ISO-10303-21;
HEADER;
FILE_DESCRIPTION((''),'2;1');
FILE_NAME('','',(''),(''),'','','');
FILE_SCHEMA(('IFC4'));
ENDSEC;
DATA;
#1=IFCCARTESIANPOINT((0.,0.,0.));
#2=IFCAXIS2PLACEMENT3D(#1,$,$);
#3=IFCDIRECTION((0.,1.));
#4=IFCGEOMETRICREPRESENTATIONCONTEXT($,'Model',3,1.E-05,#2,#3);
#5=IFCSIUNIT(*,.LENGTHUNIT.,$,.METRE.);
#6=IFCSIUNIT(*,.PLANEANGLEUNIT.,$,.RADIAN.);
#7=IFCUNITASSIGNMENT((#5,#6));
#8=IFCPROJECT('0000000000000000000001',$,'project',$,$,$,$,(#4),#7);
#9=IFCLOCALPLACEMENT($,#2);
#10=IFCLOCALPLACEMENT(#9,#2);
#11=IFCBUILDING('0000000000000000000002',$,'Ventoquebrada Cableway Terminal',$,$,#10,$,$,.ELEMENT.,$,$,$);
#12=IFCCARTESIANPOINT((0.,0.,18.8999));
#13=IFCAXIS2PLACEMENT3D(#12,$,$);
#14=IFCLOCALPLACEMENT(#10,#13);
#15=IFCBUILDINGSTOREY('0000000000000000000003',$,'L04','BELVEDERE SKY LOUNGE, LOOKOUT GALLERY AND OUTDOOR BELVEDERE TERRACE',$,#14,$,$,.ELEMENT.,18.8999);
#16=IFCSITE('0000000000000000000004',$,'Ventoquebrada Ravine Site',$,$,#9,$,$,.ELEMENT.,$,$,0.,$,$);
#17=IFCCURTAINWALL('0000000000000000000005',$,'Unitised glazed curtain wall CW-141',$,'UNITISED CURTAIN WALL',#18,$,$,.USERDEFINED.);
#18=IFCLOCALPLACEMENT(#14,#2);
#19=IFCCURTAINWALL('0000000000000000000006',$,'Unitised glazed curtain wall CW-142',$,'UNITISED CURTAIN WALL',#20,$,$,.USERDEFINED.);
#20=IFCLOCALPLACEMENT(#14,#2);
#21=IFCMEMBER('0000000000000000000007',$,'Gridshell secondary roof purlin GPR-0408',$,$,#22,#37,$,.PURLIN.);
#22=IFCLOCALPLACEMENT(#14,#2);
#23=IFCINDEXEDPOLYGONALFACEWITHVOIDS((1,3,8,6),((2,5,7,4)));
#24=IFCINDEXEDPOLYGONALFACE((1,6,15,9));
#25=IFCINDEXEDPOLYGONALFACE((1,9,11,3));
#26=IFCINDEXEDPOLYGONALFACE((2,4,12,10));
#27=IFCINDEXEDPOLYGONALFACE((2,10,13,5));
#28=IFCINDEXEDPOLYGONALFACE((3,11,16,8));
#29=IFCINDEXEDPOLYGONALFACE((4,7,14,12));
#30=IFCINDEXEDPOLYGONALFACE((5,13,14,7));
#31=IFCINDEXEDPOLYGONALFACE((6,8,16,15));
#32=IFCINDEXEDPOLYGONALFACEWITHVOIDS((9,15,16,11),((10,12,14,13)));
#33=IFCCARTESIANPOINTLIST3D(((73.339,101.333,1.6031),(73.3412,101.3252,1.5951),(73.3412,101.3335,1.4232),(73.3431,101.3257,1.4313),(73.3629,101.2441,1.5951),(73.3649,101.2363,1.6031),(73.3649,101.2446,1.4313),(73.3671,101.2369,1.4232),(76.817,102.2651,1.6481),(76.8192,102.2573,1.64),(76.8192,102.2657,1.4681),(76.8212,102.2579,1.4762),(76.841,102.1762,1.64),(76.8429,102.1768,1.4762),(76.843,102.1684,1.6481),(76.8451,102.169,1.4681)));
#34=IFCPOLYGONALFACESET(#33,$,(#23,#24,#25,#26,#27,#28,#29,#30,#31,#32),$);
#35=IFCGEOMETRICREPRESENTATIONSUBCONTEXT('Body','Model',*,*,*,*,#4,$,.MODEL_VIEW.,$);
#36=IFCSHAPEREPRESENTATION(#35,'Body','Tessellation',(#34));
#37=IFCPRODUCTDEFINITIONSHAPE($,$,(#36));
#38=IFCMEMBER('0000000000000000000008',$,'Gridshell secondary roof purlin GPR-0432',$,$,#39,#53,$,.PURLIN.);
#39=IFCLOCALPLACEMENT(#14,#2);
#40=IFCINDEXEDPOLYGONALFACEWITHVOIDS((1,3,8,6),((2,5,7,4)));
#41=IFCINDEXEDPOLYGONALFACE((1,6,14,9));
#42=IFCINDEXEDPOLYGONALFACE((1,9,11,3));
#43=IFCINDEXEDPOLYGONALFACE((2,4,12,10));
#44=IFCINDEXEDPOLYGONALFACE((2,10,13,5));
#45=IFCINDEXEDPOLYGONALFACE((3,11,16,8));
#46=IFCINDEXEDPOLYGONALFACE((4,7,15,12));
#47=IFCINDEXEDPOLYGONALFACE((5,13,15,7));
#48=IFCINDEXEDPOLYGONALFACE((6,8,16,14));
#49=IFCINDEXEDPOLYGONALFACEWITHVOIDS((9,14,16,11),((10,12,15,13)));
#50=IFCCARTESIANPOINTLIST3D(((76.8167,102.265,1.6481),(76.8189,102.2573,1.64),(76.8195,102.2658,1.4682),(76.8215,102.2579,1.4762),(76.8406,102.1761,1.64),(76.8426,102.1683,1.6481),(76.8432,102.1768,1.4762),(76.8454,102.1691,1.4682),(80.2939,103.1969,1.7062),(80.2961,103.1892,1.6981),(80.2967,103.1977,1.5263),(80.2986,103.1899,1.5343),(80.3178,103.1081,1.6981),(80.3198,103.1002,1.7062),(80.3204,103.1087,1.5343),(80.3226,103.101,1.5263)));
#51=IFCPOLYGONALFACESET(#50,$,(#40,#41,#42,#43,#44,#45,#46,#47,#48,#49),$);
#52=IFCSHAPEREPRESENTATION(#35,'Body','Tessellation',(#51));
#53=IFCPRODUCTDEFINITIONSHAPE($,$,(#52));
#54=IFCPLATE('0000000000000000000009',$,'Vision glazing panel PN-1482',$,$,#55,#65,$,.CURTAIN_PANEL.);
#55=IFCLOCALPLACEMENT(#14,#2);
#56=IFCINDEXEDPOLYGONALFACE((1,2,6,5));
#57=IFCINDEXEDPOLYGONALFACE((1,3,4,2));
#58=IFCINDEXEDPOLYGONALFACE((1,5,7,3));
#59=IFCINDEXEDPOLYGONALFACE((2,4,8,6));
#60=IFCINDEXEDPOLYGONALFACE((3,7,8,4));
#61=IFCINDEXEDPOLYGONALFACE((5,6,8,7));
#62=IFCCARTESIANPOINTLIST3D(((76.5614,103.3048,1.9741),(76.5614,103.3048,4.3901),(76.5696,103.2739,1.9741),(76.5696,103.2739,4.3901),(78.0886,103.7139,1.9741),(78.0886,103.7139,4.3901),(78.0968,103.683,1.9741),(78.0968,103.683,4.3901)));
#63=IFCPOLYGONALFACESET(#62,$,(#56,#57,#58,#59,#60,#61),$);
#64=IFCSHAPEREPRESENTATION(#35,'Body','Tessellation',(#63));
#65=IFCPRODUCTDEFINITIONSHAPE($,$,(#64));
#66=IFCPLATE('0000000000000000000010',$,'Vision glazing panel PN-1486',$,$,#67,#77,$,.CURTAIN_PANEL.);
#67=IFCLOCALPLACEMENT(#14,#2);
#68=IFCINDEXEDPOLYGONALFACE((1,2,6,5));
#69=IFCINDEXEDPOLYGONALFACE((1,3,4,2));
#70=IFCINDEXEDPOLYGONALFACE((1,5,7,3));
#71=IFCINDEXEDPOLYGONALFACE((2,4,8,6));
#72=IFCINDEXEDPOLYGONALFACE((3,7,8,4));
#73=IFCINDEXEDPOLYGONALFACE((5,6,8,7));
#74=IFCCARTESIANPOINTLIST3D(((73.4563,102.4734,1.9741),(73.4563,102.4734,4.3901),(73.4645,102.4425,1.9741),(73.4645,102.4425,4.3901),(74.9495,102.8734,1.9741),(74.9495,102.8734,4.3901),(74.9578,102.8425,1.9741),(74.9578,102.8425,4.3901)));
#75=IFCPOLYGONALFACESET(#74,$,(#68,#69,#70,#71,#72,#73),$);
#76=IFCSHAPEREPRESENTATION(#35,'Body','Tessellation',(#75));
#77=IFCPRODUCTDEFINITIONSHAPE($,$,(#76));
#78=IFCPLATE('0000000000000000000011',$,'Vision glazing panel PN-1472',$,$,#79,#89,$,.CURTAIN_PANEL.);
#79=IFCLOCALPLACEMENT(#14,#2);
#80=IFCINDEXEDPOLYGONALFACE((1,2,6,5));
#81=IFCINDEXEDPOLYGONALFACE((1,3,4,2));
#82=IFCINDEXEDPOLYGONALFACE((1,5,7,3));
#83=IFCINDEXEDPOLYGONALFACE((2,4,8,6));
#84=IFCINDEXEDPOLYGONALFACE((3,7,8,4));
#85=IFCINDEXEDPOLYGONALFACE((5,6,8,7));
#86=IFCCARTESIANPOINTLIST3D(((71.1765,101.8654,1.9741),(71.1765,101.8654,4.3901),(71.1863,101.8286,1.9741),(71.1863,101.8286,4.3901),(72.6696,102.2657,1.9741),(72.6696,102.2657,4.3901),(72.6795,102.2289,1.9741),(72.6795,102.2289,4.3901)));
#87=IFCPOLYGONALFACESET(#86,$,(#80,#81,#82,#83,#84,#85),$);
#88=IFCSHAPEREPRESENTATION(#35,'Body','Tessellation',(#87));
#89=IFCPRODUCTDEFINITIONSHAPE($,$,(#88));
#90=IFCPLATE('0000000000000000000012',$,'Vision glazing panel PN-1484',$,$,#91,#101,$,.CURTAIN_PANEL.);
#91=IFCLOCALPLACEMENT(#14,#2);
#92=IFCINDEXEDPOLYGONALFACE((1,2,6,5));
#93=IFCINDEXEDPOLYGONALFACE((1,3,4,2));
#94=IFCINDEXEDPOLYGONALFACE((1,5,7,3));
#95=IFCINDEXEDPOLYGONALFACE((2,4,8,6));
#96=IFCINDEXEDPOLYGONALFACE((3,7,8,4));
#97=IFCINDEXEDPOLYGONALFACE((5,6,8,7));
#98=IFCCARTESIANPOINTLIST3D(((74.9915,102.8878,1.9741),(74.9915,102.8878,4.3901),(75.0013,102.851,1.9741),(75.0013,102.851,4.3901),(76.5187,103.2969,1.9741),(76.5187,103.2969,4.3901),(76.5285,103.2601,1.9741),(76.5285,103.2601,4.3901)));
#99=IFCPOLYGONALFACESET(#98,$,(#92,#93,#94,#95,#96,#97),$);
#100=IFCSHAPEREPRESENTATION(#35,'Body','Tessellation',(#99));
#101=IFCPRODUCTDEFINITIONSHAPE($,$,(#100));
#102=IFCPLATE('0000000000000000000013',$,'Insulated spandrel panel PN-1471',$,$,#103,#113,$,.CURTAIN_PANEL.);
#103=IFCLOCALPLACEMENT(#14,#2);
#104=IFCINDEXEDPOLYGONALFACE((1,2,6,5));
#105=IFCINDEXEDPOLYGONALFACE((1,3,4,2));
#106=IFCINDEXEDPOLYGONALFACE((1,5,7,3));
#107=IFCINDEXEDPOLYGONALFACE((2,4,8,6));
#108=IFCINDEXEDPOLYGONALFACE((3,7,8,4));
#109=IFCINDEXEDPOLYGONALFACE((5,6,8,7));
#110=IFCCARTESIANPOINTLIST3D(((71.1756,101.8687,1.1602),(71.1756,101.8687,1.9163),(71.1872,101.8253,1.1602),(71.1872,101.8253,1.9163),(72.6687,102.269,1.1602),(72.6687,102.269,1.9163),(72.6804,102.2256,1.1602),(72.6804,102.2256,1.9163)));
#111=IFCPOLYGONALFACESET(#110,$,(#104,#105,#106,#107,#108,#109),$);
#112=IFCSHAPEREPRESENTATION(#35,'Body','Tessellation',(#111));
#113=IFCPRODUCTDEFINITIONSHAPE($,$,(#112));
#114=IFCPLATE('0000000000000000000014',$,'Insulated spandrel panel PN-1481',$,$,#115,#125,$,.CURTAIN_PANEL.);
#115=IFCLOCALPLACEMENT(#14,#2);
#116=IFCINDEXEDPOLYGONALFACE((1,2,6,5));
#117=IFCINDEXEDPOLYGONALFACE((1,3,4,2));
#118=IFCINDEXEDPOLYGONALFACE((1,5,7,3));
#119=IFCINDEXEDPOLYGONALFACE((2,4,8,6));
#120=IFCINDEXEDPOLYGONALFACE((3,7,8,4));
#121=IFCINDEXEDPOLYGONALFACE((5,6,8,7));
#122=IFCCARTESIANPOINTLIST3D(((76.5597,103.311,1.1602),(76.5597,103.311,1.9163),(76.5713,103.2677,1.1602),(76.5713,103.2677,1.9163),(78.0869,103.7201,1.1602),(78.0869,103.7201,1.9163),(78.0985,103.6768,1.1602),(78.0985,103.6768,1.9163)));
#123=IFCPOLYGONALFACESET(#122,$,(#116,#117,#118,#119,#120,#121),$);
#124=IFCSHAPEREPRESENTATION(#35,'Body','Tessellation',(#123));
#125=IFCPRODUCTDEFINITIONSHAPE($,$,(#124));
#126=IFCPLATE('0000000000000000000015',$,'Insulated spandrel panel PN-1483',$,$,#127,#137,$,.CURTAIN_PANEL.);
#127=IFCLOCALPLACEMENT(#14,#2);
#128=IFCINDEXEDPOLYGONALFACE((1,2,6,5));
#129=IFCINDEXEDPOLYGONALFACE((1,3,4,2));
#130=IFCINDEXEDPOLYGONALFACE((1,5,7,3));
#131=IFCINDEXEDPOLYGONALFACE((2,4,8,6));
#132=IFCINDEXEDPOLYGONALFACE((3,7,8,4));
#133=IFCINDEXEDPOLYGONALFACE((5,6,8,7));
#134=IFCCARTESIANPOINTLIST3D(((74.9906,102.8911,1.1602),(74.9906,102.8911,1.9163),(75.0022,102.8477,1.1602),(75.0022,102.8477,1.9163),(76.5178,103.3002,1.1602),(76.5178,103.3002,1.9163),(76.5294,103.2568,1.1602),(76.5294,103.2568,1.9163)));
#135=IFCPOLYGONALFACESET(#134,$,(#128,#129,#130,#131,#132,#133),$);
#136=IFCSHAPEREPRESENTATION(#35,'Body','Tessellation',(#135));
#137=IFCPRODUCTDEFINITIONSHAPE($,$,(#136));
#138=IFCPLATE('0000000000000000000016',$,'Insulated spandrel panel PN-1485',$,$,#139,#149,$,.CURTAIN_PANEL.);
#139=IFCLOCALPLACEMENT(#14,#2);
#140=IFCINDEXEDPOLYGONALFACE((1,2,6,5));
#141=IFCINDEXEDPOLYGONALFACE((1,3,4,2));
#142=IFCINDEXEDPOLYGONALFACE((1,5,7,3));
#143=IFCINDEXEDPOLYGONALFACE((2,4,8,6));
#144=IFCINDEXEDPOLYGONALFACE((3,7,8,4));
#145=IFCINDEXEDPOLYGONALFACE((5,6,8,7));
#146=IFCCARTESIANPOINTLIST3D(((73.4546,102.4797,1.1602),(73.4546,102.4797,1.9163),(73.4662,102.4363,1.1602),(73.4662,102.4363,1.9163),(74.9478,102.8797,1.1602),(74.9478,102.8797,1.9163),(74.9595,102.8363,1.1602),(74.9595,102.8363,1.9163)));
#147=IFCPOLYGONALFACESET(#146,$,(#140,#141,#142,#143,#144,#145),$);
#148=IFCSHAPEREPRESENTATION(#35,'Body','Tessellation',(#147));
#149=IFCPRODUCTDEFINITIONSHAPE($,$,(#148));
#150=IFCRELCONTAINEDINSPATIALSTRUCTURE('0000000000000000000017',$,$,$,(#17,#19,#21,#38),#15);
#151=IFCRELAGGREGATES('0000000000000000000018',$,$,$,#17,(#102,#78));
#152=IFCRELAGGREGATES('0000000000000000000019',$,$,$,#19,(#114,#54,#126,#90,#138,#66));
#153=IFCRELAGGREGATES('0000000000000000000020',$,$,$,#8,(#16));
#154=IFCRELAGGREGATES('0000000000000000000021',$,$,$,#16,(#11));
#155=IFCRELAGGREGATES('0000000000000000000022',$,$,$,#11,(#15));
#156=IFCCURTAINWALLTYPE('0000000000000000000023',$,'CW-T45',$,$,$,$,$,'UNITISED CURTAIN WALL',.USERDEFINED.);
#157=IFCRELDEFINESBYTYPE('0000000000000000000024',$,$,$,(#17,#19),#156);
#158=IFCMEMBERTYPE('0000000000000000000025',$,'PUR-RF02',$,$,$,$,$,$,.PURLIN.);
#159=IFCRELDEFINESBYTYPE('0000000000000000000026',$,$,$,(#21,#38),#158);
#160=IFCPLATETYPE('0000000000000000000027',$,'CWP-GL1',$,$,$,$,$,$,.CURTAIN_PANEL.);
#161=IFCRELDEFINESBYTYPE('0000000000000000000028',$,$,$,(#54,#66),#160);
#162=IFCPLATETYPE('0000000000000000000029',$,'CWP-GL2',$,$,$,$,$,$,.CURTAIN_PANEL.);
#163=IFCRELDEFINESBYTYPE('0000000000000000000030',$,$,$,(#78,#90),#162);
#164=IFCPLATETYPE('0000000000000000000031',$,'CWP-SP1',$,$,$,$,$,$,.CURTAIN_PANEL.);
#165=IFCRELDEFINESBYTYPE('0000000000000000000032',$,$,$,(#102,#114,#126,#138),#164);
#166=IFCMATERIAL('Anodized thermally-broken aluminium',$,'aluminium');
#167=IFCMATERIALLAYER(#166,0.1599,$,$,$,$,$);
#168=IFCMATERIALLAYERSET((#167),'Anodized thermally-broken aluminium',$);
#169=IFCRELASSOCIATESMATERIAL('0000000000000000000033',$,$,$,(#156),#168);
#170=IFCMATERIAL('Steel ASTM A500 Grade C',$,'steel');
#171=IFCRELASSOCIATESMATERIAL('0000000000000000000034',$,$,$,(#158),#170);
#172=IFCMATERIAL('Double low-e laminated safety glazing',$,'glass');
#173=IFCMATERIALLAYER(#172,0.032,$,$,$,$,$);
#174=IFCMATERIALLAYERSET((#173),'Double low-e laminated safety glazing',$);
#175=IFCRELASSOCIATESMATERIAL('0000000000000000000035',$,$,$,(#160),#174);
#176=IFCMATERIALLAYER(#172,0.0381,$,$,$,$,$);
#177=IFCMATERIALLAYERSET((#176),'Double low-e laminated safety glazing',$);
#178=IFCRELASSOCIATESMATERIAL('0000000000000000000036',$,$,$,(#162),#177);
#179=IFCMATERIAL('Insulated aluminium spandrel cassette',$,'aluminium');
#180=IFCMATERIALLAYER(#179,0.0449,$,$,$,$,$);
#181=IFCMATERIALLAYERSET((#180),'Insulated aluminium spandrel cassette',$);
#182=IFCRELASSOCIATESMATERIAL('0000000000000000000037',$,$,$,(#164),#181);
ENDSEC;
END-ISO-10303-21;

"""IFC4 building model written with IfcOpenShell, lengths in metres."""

from ifc_helpers import new_model, si_unit, direction, frame, origin, origin_2d, place, context, subcontext, project, spatial, rectangle, hollow_rectangle, extrude, material, layer, layer_set, material_profile, profile_set, type_object, element, aggregate, save


model = new_model("IFC4")

# Units and contexts
model_context = context("Model", 3, precision=1e-05, world=origin(), true_north=direction((0.0, 1.0)))
body_context = subcontext(model_context, "Body", "Model", "MODEL_VIEW")
ifc_project = project(units=[si_unit("LENGTHUNIT", "METRE"), si_unit("PLANEANGLEUNIT", "RADIAN")], contexts=[model_context])

# Site, building, storey
site_placement = place(None, origin())
site = spatial("IfcSite", under=ifc_project, at=site_placement, Name="Ventoquebrada Ravine Site", CompositionType="ELEMENT", RefElevation=0.0)
building_placement = place(site_placement, origin())
building = spatial("IfcBuilding", under=site, at=building_placement, Name="Ventoquebrada Cableway Terminal", CompositionType="ELEMENT")
storey_placement = place(building_placement, frame((0.0, 0.0, 18.8999)))
storey = spatial("IfcBuildingStorey", under=building, at=storey_placement, Name="L04", Description="BELVEDERE SKY LOUNGE, LOOKOUT GALLERY AND OUTDOOR BELVEDERE TERRACE", CompositionType="ELEMENT", Elevation=18.8999)

# Shared definitions
ifc_material_1 = material(Name="Steel ASTM A500 Grade C", Category="steel")

# Curtain wall
ifc_material_2 = material(Name="Anodized thermally-broken aluminium", Category="aluminium")
ifc_layer_1 = layer(ifc_material_2, 0.1599)
ifc_layer_set_1 = layer_set([ifc_layer_1], Name="Anodized thermally-broken aluminium")
curtain_wall_type = type_object("IfcCurtainWallType", Name="CW-T45", ElementType="UNITISED CURTAIN WALL", PredefinedType="USERDEFINED", material=ifc_layer_set_1)
curtain_wall_1_placement = place(storey_placement, origin())
curtain_wall_1 = element("IfcCurtainWall", 1, at=curtain_wall_1_placement, inside=storey, type_object=curtain_wall_type, Name="Unitised glazed curtain wall CW-141", ObjectType="UNITISED CURTAIN WALL", PredefinedType="USERDEFINED")

# Curtain wall
curtain_wall_2_placement = place(storey_placement, origin())
curtain_wall_2 = element("IfcCurtainWall", 2, at=curtain_wall_2_placement, inside=storey, type_object=curtain_wall_type, Name="Unitised glazed curtain wall CW-142", ObjectType="UNITISED CURTAIN WALL", PredefinedType="USERDEFINED")

# Members
ifc_material_profile_1 = material_profile(ifc_material_1, hollow_rectangle(XDim=0.1001, YDim=0.1799, WallThickness=0.0081, at=origin_2d()), Name="RHS180X100X8")
ifc_profile_set_1 = profile_set([ifc_material_profile_1], Name="Steel ASTM A500 Grade C")
member_type_1 = type_object("IfcMemberType", Name="PUR-RF02", PredefinedType="PURLIN", material=ifc_profile_set_1)
member_1_placement = place(storey_placement, frame((73.353, 101.2849, 1.5132), z_axis=(0.965837, 0.258849, 0.012475), x_axis=(-0.258869, 0.965912, 0.0)))
element("IfcMember", 3, at=member_1_placement, inside=storey, type_object=member_type_1, Name="Gridshell secondary roof purlin GPR-0408", PredefinedType="PURLIN", context=body_context, shape_type="SweptSolid", body=[
    extrude(hollow_rectangle(XDim=0.1001, YDim=0.1799, WallThickness=0.0081, at=origin_2d()), origin(), (0.0, 0.0, 1.0), 3.6011),
])
member_2_placement = place(storey_placement, frame((76.8311, 102.217, 1.5581), z_axis=(0.965785, 0.25884, 0.016139), x_axis=(-0.258874, 0.965911, 0.0)))
element("IfcMember", 4, at=member_2_placement, inside=storey, type_object=member_type_1, Name="Gridshell secondary roof purlin GPR-0432", PredefinedType="PURLIN", context=body_context, shape_type="SweptSolid", body=[
    extrude(hollow_rectangle(XDim=0.1001, YDim=0.1799, WallThickness=0.0081, at=origin_2d()), origin(), (0.0, 0.0, 1.0), 3.6003),
])

# Plates
ifc_material_3 = material(Name="Double low-e laminated safety glazing", Category="glass")
ifc_layer_2 = layer(ifc_material_3, 0.032)
ifc_layer_set_2 = layer_set([ifc_layer_2], Name="Double low-e laminated safety glazing")
plate_type_1 = type_object("IfcPlateType", Name="CWP-GL1", PredefinedType="CURTAIN_PANEL", material=ifc_layer_set_2)
plate_1_placement = place(storey_placement, frame((77.3291, 103.4939, 1.9741), z_axis=(0.0, 0.0, 1.0), x_axis=(-0.965944, -0.258752, 0.0)))
plate_1 = element("IfcPlate", 5, at=plate_1_placement, type_object=plate_type_1, Name="Vision glazing panel PN-1482", PredefinedType="CURTAIN_PANEL", context=body_context, shape_type="SweptSolid", body=[
    extrude(rectangle(XDim=1.5811, YDim=0.032, at=origin_2d()), origin(), (0.0, 0.0, 1.0), 2.416),
])
plate_2_placement = place(storey_placement, frame((74.207, 102.658, 1.9741), z_axis=(0.0, 0.0, 1.0), x_axis=(-0.965944, -0.258752, 0.0)))
plate_2 = element("IfcPlate", 6, at=plate_2_placement, type_object=plate_type_1, Name="Vision glazing panel PN-1486", PredefinedType="CURTAIN_PANEL", context=body_context, shape_type="SweptSolid", body=[
    extrude(rectangle(XDim=1.5459, YDim=0.032, at=origin_2d()), origin(), (0.0, 0.0, 1.0), 2.416),
])
ifc_layer_3 = layer(ifc_material_3, 0.0381)
ifc_layer_set_3 = layer_set([ifc_layer_3], Name="Double low-e laminated safety glazing")
plate_type_2 = type_object("IfcPlateType", Name="CWP-GL2", PredefinedType="CURTAIN_PANEL", material=ifc_layer_set_3)
plate_3_placement = place(storey_placement, frame((71.928, 102.0471, 1.9741), z_axis=(0.0, 0.0, 1.0), x_axis=(-0.965894, -0.258937, 0.0)))
plate_3 = element("IfcPlate", 7, at=plate_3_placement, type_object=plate_type_2, Name="Vision glazing panel PN-1472", PredefinedType="CURTAIN_PANEL", context=body_context, shape_type="SweptSolid", body=[
    extrude(rectangle(XDim=1.5459, YDim=0.0381, at=origin_2d()), origin(), (0.0, 0.0, 1.0), 2.416),
])
plate_4_placement = place(storey_placement, frame((75.76, 103.074, 1.9741), z_axis=(0.0, 0.0, 1.0), x_axis=(-0.965944, -0.258752, 0.0)))
plate_4 = element("IfcPlate", 8, at=plate_4_placement, type_object=plate_type_2, Name="Vision glazing panel PN-1484", PredefinedType="CURTAIN_PANEL", context=body_context, shape_type="SweptSolid", body=[
    extrude(rectangle(XDim=1.5811, YDim=0.0381, at=origin_2d()), origin(), (0.0, 0.0, 1.0), 2.416),
])
ifc_material_4 = material(Name="Insulated aluminium spandrel cassette", Category="aluminium")
ifc_layer_4 = layer(ifc_material_4, 0.0449)
ifc_layer_set_4 = layer_set([ifc_layer_4], Name="Insulated aluminium spandrel cassette")
plate_type_3 = type_object("IfcPlateType", Name="CWP-SP1", PredefinedType="CURTAIN_PANEL", material=ifc_layer_set_4)
plate_5_placement = place(storey_placement, frame((71.928, 102.0471, 1.1602), z_axis=(0.0, 0.0, 1.0), x_axis=(-0.965894, -0.258937, 0.0)))
plate_5 = element("IfcPlate", 9, at=plate_5_placement, type_object=plate_type_3, Name="Insulated spandrel panel PN-1471", PredefinedType="CURTAIN_PANEL", context=body_context, shape_type="SweptSolid", body=[
    extrude(rectangle(XDim=1.5459, YDim=0.0449, at=origin_2d()), origin(), (0.0, 0.0, 1.0), 0.7561),
])
aggregate(curtain_wall_1, [plate_5, plate_3])
plate_6_placement = place(storey_placement, frame((77.3291, 103.4939, 1.1602), z_axis=(0.0, 0.0, 1.0), x_axis=(-0.965944, -0.258752, 0.0)))
plate_6 = element("IfcPlate", 10, at=plate_6_placement, type_object=plate_type_3, Name="Insulated spandrel panel PN-1481", PredefinedType="CURTAIN_PANEL", context=body_context, shape_type="SweptSolid", body=[
    extrude(rectangle(XDim=1.5811, YDim=0.0449, at=origin_2d()), origin(), (0.0, 0.0, 1.0), 0.7561),
])
plate_7_placement = place(storey_placement, frame((75.76, 103.074, 1.1602), z_axis=(0.0, 0.0, 1.0), x_axis=(-0.965944, -0.258752, 0.0)))
plate_7 = element("IfcPlate", 11, at=plate_7_placement, type_object=plate_type_3, Name="Insulated spandrel panel PN-1483", PredefinedType="CURTAIN_PANEL", context=body_context, shape_type="SweptSolid", body=[
    extrude(rectangle(XDim=1.5811, YDim=0.0449, at=origin_2d()), origin(), (0.0, 0.0, 1.0), 0.7561),
])
plate_8_placement = place(storey_placement, frame((74.207, 102.658, 1.1602), z_axis=(0.0, 0.0, 1.0), x_axis=(-0.965944, -0.258752, 0.0)))
plate_8 = element("IfcPlate", 12, at=plate_8_placement, type_object=plate_type_3, Name="Insulated spandrel panel PN-1485", PredefinedType="CURTAIN_PANEL", context=body_context, shape_type="SweptSolid", body=[
    extrude(rectangle(XDim=1.5459, YDim=0.0449, at=origin_2d()), origin(), (0.0, 0.0, 1.0), 0.7561),
])
aggregate(curtain_wall_2, [plate_6, plate_1, plate_7, plate_4, plate_8, plate_2])

save(model, "model.ifc")
